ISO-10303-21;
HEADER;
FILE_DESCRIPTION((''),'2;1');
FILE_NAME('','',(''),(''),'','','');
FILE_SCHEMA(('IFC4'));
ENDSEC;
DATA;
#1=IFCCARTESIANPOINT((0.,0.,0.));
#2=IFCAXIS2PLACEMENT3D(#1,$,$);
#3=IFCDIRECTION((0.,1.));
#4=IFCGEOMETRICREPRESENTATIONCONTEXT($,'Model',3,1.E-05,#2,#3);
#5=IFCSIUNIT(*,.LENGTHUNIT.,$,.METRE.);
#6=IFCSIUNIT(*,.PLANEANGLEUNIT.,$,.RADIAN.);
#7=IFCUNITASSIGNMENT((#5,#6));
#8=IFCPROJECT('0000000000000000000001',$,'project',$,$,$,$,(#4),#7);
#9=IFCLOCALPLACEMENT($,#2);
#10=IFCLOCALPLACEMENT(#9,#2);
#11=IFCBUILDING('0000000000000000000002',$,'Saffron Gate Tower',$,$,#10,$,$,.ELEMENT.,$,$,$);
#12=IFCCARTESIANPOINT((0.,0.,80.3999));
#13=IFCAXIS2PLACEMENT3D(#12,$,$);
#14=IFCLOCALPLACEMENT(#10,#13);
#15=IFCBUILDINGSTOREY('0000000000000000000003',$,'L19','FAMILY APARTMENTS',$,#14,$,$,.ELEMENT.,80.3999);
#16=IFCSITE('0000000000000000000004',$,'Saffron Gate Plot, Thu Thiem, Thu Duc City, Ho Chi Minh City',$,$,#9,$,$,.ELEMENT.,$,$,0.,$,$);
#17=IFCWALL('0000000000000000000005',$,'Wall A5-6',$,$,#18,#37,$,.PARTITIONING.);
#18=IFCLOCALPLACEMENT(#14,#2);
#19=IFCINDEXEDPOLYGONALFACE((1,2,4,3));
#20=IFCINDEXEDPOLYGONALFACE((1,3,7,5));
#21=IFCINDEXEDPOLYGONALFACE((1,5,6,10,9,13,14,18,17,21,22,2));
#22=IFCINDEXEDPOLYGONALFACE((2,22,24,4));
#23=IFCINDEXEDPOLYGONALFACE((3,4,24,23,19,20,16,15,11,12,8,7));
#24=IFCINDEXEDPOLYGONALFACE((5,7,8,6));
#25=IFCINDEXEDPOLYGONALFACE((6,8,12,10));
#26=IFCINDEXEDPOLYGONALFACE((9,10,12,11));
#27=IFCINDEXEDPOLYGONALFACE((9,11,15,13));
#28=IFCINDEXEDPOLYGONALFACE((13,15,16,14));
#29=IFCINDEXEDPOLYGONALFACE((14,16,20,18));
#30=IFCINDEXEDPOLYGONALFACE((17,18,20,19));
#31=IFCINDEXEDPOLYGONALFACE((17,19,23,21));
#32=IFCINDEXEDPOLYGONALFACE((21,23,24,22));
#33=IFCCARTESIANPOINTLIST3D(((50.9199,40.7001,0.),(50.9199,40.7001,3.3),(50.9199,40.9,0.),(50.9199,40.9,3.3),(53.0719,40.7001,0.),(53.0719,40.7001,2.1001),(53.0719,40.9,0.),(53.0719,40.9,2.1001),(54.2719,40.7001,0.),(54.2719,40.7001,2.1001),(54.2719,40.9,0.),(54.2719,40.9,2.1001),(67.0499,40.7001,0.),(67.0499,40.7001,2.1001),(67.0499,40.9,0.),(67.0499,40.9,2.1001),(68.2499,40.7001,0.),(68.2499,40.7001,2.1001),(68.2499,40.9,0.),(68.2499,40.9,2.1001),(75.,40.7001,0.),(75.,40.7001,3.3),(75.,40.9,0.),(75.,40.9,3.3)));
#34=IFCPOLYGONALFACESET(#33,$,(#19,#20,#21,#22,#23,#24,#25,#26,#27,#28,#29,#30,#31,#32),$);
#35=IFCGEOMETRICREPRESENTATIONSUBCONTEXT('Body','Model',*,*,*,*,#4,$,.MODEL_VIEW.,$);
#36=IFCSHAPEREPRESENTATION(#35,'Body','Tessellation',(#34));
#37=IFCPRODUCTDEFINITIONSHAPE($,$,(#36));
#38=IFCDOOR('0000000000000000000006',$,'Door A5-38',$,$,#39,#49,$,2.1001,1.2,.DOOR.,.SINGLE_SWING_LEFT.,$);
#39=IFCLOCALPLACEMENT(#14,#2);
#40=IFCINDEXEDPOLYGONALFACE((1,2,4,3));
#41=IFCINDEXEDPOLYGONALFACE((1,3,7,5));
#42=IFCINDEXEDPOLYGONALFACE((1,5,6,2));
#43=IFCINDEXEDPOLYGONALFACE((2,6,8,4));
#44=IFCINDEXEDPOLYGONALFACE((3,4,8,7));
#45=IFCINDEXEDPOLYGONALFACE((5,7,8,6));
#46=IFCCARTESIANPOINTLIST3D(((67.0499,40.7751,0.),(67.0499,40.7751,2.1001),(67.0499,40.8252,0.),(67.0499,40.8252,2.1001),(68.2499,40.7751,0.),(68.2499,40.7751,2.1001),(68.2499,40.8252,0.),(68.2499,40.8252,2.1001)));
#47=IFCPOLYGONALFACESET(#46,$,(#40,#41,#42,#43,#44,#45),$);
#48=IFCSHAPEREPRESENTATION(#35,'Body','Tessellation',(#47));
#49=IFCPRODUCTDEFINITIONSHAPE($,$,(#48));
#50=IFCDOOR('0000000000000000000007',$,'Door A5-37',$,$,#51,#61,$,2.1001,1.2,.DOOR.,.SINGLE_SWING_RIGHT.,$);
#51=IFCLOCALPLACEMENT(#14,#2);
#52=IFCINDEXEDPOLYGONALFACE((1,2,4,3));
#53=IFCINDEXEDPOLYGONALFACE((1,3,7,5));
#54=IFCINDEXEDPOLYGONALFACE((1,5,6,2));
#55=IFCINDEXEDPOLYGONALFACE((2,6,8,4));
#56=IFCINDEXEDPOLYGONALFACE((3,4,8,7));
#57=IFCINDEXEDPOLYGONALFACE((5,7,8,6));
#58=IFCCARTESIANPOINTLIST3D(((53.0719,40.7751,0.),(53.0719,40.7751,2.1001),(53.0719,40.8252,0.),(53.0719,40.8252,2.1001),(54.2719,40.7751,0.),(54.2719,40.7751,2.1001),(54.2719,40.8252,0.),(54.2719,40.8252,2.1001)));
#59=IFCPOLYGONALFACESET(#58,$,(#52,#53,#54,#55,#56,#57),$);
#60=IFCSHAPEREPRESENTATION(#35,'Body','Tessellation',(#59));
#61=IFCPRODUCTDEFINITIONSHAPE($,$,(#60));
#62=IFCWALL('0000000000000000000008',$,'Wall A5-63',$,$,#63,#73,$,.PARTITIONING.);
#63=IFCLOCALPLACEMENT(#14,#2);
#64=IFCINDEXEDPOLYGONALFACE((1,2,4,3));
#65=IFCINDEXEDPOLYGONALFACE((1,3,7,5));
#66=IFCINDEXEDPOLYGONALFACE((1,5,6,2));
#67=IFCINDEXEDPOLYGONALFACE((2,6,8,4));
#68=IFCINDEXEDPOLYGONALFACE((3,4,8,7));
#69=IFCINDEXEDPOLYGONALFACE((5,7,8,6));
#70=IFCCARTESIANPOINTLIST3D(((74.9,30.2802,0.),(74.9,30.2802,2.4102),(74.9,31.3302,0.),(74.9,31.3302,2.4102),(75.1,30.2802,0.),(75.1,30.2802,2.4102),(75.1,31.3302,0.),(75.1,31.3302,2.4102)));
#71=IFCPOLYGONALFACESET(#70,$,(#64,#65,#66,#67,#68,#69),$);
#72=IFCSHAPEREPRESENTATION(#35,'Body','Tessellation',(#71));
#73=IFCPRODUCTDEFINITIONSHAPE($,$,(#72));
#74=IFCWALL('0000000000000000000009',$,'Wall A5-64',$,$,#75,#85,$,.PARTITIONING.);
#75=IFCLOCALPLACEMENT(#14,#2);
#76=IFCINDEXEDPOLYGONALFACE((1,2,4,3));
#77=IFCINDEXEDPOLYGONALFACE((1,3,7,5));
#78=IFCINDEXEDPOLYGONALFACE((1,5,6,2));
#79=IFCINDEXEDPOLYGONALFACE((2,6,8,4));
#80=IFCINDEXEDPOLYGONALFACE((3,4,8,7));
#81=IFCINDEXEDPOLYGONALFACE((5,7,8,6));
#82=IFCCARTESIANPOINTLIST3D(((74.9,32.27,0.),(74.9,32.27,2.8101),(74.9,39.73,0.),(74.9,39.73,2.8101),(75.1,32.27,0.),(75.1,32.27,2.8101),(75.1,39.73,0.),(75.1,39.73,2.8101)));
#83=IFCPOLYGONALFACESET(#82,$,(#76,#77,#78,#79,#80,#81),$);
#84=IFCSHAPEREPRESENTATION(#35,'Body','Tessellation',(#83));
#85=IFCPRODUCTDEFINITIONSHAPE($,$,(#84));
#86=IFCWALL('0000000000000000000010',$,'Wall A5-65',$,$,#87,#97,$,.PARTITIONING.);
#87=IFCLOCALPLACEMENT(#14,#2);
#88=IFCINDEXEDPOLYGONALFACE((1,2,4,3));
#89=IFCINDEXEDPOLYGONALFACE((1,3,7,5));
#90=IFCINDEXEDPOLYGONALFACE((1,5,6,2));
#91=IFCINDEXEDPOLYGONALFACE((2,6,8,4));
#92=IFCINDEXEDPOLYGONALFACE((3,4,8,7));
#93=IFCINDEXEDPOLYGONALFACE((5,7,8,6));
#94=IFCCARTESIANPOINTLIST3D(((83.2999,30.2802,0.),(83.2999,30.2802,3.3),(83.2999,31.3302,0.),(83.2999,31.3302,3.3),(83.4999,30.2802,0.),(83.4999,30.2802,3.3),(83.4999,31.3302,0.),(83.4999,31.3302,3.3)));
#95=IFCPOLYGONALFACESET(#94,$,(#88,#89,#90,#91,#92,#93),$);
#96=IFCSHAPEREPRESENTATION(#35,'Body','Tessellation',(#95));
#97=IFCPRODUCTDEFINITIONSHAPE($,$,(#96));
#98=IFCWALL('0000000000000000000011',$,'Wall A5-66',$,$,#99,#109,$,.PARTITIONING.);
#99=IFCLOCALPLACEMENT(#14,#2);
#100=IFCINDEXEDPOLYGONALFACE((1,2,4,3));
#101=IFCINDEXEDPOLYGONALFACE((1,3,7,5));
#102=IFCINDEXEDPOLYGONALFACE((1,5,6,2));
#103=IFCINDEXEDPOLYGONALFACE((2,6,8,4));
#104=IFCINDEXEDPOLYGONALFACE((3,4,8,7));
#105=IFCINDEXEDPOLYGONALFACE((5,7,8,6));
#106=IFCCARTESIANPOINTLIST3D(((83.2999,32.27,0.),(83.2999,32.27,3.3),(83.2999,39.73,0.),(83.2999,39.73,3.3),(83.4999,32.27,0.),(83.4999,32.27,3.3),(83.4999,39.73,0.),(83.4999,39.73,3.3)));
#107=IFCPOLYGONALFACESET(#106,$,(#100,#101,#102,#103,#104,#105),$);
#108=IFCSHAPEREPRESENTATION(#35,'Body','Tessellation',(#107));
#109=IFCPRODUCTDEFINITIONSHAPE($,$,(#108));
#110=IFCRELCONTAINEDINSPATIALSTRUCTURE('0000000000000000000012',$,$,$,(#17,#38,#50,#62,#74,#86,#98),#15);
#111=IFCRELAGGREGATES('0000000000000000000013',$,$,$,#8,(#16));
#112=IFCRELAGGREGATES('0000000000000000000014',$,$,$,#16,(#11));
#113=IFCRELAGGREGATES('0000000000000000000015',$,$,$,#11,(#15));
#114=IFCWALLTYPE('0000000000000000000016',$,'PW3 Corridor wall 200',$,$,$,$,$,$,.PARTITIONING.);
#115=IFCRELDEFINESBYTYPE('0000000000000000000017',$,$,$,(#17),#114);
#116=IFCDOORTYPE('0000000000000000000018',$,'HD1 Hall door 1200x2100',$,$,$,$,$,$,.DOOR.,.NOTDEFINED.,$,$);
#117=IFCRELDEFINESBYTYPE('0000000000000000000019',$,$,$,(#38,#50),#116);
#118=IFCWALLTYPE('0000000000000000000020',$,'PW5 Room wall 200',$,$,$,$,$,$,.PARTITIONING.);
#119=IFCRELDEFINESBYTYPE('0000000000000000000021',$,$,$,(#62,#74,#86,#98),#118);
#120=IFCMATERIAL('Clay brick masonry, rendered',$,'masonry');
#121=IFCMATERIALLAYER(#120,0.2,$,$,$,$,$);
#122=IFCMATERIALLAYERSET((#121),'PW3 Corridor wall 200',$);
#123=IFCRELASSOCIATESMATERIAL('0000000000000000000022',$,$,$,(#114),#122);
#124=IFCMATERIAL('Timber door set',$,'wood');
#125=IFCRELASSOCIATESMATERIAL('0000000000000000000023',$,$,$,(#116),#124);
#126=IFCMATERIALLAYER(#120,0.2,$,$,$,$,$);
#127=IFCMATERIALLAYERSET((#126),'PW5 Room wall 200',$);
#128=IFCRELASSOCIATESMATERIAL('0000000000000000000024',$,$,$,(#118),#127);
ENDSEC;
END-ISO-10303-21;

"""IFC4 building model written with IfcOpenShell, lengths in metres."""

from ifc_helpers import new_model, si_unit, direction, frame, frame_2d, origin, place, context, subcontext, project, spatial, rectangle, extrude, material, layer, layer_set, type_object, element, fill, save


model = new_model("IFC4")

# Units and contexts
model_context = context("Model", 3, precision=1e-05, world=origin(), true_north=direction((0.0, 1.0)))
body_context = subcontext(model_context, "Body", "Model", "MODEL_VIEW")
ifc_project = project(units=[si_unit("LENGTHUNIT", "METRE"), si_unit("PLANEANGLEUNIT", "RADIAN")], contexts=[model_context])

# Site, building, storey
site_placement = place(None, origin())
site = spatial("IfcSite", under=ifc_project, at=site_placement, Name="Saffron Gate Plot, Thu Thiem, Thu Duc City, Ho Chi Minh City", CompositionType="ELEMENT", RefElevation=0.0)
building_placement = place(site_placement, origin())
building = spatial("IfcBuilding", under=site, at=building_placement, Name="Saffron Gate Tower", CompositionType="ELEMENT")
storey_placement = place(building_placement, frame((0.0, 0.0, 80.3999)))
storey = spatial("IfcBuildingStorey", under=building, at=storey_placement, Name="L19", Description="FAMILY APARTMENTS", CompositionType="ELEMENT", Elevation=80.3999)

# Wall, openings, doors
ifc_material_1 = material(Name="Clay brick masonry, rendered", Category="masonry")
ifc_layer_1 = layer(ifc_material_1, 0.2)
ifc_layer_set_1 = layer_set([ifc_layer_1], Name="PW3 Corridor wall 200")
wall_type_1 = type_object("IfcWallType", Name="PW3 Corridor wall 200", PredefinedType="PARTITIONING", material=ifc_layer_set_1)
wall_1_placement = place(storey_placement, frame((75.0, 40.8, 0.0), z_axis=(0.0, 0.0, 1.0), x_axis=(-1.0, 0.0, 0.0)))
wall_1 = element("IfcWall", 1, at=wall_1_placement, inside=storey, type_object=wall_type_1, Name="Wall A5-6", PredefinedType="PARTITIONING", context=body_context, shape_type="SweptSolid", body=[
    extrude(rectangle(XDim=24.0801, YDim=0.2, at=frame_2d((12.04, 0.0))), origin(), (0.0, 0.0, 1.0), 3.3),
])
opening_1_placement = place(wall_1_placement, frame((6.75, 0.0, 0.0)))
opening_1 = element("IfcOpeningElement", 2, at=opening_1_placement, cuts=wall_1, PredefinedType="OPENING", context=body_context, shape_type="SweptSolid", body=[
    extrude(rectangle(XDim=1.2, YDim=2.1001, at=frame_2d((0.6001, 1.05))), frame((0.0, 0.1099, 0.0), z_axis=(0.0, -1.0, 0.0), x_axis=(1.0, 0.0, 0.0)), (0.0, 0.0, 1.0), 0.22),
])
opening_2_placement = place(wall_1_placement, frame((20.728, 0.0, 0.0)))
opening_2 = element("IfcOpeningElement", 3, at=opening_2_placement, cuts=wall_1, PredefinedType="OPENING", context=body_context, shape_type="SweptSolid", body=[
    extrude(rectangle(XDim=1.2, YDim=2.1001, at=frame_2d((0.6001, 1.05))), frame((0.0, 0.1099, 0.0), z_axis=(0.0, -1.0, 0.0), x_axis=(1.0, 0.0, 0.0)), (0.0, 0.0, 1.0), 0.22),
])
ifc_material_2 = material(Name="Timber door set", Category="wood")
door_type = type_object("IfcDoorType", Name="HD1 Hall door 1200x2100", OperationType="NOTDEFINED", PredefinedType="DOOR", material=ifc_material_2)
door_1_placement = place(opening_1_placement, origin())
door_1 = element("IfcDoor", 4, at=door_1_placement, inside=storey, type_object=door_type, Name="Door A5-38", OperationType="SINGLE_SWING_LEFT", OverallHeight=2.1001, OverallWidth=1.2, PredefinedType="DOOR", context=body_context, shape_type="SweptSolid", body=[
    extrude(rectangle(XDim=1.2, YDim=2.1001, at=frame_2d((0.6001, 1.05))), frame((0.0, 0.0249, 0.0), z_axis=(0.0, -1.0, 0.0), x_axis=(1.0, 0.0, 0.0)), (0.0, 0.0, 1.0), 0.05),
])
fill(opening_1, door_1)
door_2_placement = place(opening_2_placement, origin())
door_2 = element("IfcDoor", 5, at=door_2_placement, inside=storey, type_object=door_type, Name="Door A5-37", OperationType="SINGLE_SWING_RIGHT", OverallHeight=2.1001, OverallWidth=1.2, PredefinedType="DOOR", context=body_context, shape_type="SweptSolid", body=[
    extrude(rectangle(XDim=1.2, YDim=2.1001, at=frame_2d((0.6001, 1.05))), frame((0.0, 0.0249, 0.0), z_axis=(0.0, -1.0, 0.0), x_axis=(1.0, 0.0, 0.0)), (0.0, 0.0, 1.0), 0.05),
])
fill(opening_2, door_2)

# Walls
ifc_layer_2 = layer(ifc_material_1, 0.2)
ifc_layer_set_2 = layer_set([ifc_layer_2], Name="PW5 Room wall 200")
wall_type_2 = type_object("IfcWallType", Name="PW5 Room wall 200", PredefinedType="PARTITIONING", material=ifc_layer_set_2)
wall_2_placement = place(storey_placement, frame((75.0, 31.3301, 0.0), z_axis=(0.0, 0.0, 1.0), x_axis=(0.0, -1.0, 0.0)))
element("IfcWall", 6, at=wall_2_placement, inside=storey, type_object=wall_type_2, Name="Wall A5-63", PredefinedType="PARTITIONING", context=body_context, shape_type="SweptSolid", body=[
    extrude(rectangle(XDim=1.05, YDim=0.2, at=frame_2d((0.5249, 0.0))), origin(), (0.0, 0.0, 1.0), 2.4102),
])
wall_3_placement = place(storey_placement, frame((75.0, 39.73, 0.0), z_axis=(0.0, 0.0, 1.0), x_axis=(0.0, -1.0, 0.0)))
element("IfcWall", 7, at=wall_3_placement, inside=storey, type_object=wall_type_2, Name="Wall A5-64", PredefinedType="PARTITIONING", context=body_context, shape_type="SweptSolid", body=[
    extrude(rectangle(XDim=7.46, YDim=0.2, at=frame_2d((3.73, 0.0))), origin(), (0.0, 0.0, 1.0), 2.8101),
])
wall_4_placement = place(storey_placement, frame((83.3999, 31.3301, 0.0), z_axis=(0.0, 0.0, 1.0), x_axis=(0.0, -1.0, 0.0)))
element("IfcWall", 8, at=wall_4_placement, inside=storey, type_object=wall_type_2, Name="Wall A5-65", PredefinedType="PARTITIONING", context=body_context, shape_type="SweptSolid", body=[
    extrude(rectangle(XDim=1.05, YDim=0.2, at=frame_2d((0.5249, 0.0))), origin(), (0.0, 0.0, 1.0), 3.3),
])
wall_5_placement = place(storey_placement, frame((83.3999, 39.73, 0.0), z_axis=(0.0, 0.0, 1.0), x_axis=(0.0, -1.0, 0.0)))
element("IfcWall", 9, at=wall_5_placement, inside=storey, type_object=wall_type_2, Name="Wall A5-66", PredefinedType="PARTITIONING", context=body_context, shape_type="SweptSolid", body=[
    extrude(rectangle(XDim=7.46, YDim=0.2, at=frame_2d((3.73, 0.0))), origin(), (0.0, 0.0, 1.0), 3.3),
])

save(model, "model.ifc")
